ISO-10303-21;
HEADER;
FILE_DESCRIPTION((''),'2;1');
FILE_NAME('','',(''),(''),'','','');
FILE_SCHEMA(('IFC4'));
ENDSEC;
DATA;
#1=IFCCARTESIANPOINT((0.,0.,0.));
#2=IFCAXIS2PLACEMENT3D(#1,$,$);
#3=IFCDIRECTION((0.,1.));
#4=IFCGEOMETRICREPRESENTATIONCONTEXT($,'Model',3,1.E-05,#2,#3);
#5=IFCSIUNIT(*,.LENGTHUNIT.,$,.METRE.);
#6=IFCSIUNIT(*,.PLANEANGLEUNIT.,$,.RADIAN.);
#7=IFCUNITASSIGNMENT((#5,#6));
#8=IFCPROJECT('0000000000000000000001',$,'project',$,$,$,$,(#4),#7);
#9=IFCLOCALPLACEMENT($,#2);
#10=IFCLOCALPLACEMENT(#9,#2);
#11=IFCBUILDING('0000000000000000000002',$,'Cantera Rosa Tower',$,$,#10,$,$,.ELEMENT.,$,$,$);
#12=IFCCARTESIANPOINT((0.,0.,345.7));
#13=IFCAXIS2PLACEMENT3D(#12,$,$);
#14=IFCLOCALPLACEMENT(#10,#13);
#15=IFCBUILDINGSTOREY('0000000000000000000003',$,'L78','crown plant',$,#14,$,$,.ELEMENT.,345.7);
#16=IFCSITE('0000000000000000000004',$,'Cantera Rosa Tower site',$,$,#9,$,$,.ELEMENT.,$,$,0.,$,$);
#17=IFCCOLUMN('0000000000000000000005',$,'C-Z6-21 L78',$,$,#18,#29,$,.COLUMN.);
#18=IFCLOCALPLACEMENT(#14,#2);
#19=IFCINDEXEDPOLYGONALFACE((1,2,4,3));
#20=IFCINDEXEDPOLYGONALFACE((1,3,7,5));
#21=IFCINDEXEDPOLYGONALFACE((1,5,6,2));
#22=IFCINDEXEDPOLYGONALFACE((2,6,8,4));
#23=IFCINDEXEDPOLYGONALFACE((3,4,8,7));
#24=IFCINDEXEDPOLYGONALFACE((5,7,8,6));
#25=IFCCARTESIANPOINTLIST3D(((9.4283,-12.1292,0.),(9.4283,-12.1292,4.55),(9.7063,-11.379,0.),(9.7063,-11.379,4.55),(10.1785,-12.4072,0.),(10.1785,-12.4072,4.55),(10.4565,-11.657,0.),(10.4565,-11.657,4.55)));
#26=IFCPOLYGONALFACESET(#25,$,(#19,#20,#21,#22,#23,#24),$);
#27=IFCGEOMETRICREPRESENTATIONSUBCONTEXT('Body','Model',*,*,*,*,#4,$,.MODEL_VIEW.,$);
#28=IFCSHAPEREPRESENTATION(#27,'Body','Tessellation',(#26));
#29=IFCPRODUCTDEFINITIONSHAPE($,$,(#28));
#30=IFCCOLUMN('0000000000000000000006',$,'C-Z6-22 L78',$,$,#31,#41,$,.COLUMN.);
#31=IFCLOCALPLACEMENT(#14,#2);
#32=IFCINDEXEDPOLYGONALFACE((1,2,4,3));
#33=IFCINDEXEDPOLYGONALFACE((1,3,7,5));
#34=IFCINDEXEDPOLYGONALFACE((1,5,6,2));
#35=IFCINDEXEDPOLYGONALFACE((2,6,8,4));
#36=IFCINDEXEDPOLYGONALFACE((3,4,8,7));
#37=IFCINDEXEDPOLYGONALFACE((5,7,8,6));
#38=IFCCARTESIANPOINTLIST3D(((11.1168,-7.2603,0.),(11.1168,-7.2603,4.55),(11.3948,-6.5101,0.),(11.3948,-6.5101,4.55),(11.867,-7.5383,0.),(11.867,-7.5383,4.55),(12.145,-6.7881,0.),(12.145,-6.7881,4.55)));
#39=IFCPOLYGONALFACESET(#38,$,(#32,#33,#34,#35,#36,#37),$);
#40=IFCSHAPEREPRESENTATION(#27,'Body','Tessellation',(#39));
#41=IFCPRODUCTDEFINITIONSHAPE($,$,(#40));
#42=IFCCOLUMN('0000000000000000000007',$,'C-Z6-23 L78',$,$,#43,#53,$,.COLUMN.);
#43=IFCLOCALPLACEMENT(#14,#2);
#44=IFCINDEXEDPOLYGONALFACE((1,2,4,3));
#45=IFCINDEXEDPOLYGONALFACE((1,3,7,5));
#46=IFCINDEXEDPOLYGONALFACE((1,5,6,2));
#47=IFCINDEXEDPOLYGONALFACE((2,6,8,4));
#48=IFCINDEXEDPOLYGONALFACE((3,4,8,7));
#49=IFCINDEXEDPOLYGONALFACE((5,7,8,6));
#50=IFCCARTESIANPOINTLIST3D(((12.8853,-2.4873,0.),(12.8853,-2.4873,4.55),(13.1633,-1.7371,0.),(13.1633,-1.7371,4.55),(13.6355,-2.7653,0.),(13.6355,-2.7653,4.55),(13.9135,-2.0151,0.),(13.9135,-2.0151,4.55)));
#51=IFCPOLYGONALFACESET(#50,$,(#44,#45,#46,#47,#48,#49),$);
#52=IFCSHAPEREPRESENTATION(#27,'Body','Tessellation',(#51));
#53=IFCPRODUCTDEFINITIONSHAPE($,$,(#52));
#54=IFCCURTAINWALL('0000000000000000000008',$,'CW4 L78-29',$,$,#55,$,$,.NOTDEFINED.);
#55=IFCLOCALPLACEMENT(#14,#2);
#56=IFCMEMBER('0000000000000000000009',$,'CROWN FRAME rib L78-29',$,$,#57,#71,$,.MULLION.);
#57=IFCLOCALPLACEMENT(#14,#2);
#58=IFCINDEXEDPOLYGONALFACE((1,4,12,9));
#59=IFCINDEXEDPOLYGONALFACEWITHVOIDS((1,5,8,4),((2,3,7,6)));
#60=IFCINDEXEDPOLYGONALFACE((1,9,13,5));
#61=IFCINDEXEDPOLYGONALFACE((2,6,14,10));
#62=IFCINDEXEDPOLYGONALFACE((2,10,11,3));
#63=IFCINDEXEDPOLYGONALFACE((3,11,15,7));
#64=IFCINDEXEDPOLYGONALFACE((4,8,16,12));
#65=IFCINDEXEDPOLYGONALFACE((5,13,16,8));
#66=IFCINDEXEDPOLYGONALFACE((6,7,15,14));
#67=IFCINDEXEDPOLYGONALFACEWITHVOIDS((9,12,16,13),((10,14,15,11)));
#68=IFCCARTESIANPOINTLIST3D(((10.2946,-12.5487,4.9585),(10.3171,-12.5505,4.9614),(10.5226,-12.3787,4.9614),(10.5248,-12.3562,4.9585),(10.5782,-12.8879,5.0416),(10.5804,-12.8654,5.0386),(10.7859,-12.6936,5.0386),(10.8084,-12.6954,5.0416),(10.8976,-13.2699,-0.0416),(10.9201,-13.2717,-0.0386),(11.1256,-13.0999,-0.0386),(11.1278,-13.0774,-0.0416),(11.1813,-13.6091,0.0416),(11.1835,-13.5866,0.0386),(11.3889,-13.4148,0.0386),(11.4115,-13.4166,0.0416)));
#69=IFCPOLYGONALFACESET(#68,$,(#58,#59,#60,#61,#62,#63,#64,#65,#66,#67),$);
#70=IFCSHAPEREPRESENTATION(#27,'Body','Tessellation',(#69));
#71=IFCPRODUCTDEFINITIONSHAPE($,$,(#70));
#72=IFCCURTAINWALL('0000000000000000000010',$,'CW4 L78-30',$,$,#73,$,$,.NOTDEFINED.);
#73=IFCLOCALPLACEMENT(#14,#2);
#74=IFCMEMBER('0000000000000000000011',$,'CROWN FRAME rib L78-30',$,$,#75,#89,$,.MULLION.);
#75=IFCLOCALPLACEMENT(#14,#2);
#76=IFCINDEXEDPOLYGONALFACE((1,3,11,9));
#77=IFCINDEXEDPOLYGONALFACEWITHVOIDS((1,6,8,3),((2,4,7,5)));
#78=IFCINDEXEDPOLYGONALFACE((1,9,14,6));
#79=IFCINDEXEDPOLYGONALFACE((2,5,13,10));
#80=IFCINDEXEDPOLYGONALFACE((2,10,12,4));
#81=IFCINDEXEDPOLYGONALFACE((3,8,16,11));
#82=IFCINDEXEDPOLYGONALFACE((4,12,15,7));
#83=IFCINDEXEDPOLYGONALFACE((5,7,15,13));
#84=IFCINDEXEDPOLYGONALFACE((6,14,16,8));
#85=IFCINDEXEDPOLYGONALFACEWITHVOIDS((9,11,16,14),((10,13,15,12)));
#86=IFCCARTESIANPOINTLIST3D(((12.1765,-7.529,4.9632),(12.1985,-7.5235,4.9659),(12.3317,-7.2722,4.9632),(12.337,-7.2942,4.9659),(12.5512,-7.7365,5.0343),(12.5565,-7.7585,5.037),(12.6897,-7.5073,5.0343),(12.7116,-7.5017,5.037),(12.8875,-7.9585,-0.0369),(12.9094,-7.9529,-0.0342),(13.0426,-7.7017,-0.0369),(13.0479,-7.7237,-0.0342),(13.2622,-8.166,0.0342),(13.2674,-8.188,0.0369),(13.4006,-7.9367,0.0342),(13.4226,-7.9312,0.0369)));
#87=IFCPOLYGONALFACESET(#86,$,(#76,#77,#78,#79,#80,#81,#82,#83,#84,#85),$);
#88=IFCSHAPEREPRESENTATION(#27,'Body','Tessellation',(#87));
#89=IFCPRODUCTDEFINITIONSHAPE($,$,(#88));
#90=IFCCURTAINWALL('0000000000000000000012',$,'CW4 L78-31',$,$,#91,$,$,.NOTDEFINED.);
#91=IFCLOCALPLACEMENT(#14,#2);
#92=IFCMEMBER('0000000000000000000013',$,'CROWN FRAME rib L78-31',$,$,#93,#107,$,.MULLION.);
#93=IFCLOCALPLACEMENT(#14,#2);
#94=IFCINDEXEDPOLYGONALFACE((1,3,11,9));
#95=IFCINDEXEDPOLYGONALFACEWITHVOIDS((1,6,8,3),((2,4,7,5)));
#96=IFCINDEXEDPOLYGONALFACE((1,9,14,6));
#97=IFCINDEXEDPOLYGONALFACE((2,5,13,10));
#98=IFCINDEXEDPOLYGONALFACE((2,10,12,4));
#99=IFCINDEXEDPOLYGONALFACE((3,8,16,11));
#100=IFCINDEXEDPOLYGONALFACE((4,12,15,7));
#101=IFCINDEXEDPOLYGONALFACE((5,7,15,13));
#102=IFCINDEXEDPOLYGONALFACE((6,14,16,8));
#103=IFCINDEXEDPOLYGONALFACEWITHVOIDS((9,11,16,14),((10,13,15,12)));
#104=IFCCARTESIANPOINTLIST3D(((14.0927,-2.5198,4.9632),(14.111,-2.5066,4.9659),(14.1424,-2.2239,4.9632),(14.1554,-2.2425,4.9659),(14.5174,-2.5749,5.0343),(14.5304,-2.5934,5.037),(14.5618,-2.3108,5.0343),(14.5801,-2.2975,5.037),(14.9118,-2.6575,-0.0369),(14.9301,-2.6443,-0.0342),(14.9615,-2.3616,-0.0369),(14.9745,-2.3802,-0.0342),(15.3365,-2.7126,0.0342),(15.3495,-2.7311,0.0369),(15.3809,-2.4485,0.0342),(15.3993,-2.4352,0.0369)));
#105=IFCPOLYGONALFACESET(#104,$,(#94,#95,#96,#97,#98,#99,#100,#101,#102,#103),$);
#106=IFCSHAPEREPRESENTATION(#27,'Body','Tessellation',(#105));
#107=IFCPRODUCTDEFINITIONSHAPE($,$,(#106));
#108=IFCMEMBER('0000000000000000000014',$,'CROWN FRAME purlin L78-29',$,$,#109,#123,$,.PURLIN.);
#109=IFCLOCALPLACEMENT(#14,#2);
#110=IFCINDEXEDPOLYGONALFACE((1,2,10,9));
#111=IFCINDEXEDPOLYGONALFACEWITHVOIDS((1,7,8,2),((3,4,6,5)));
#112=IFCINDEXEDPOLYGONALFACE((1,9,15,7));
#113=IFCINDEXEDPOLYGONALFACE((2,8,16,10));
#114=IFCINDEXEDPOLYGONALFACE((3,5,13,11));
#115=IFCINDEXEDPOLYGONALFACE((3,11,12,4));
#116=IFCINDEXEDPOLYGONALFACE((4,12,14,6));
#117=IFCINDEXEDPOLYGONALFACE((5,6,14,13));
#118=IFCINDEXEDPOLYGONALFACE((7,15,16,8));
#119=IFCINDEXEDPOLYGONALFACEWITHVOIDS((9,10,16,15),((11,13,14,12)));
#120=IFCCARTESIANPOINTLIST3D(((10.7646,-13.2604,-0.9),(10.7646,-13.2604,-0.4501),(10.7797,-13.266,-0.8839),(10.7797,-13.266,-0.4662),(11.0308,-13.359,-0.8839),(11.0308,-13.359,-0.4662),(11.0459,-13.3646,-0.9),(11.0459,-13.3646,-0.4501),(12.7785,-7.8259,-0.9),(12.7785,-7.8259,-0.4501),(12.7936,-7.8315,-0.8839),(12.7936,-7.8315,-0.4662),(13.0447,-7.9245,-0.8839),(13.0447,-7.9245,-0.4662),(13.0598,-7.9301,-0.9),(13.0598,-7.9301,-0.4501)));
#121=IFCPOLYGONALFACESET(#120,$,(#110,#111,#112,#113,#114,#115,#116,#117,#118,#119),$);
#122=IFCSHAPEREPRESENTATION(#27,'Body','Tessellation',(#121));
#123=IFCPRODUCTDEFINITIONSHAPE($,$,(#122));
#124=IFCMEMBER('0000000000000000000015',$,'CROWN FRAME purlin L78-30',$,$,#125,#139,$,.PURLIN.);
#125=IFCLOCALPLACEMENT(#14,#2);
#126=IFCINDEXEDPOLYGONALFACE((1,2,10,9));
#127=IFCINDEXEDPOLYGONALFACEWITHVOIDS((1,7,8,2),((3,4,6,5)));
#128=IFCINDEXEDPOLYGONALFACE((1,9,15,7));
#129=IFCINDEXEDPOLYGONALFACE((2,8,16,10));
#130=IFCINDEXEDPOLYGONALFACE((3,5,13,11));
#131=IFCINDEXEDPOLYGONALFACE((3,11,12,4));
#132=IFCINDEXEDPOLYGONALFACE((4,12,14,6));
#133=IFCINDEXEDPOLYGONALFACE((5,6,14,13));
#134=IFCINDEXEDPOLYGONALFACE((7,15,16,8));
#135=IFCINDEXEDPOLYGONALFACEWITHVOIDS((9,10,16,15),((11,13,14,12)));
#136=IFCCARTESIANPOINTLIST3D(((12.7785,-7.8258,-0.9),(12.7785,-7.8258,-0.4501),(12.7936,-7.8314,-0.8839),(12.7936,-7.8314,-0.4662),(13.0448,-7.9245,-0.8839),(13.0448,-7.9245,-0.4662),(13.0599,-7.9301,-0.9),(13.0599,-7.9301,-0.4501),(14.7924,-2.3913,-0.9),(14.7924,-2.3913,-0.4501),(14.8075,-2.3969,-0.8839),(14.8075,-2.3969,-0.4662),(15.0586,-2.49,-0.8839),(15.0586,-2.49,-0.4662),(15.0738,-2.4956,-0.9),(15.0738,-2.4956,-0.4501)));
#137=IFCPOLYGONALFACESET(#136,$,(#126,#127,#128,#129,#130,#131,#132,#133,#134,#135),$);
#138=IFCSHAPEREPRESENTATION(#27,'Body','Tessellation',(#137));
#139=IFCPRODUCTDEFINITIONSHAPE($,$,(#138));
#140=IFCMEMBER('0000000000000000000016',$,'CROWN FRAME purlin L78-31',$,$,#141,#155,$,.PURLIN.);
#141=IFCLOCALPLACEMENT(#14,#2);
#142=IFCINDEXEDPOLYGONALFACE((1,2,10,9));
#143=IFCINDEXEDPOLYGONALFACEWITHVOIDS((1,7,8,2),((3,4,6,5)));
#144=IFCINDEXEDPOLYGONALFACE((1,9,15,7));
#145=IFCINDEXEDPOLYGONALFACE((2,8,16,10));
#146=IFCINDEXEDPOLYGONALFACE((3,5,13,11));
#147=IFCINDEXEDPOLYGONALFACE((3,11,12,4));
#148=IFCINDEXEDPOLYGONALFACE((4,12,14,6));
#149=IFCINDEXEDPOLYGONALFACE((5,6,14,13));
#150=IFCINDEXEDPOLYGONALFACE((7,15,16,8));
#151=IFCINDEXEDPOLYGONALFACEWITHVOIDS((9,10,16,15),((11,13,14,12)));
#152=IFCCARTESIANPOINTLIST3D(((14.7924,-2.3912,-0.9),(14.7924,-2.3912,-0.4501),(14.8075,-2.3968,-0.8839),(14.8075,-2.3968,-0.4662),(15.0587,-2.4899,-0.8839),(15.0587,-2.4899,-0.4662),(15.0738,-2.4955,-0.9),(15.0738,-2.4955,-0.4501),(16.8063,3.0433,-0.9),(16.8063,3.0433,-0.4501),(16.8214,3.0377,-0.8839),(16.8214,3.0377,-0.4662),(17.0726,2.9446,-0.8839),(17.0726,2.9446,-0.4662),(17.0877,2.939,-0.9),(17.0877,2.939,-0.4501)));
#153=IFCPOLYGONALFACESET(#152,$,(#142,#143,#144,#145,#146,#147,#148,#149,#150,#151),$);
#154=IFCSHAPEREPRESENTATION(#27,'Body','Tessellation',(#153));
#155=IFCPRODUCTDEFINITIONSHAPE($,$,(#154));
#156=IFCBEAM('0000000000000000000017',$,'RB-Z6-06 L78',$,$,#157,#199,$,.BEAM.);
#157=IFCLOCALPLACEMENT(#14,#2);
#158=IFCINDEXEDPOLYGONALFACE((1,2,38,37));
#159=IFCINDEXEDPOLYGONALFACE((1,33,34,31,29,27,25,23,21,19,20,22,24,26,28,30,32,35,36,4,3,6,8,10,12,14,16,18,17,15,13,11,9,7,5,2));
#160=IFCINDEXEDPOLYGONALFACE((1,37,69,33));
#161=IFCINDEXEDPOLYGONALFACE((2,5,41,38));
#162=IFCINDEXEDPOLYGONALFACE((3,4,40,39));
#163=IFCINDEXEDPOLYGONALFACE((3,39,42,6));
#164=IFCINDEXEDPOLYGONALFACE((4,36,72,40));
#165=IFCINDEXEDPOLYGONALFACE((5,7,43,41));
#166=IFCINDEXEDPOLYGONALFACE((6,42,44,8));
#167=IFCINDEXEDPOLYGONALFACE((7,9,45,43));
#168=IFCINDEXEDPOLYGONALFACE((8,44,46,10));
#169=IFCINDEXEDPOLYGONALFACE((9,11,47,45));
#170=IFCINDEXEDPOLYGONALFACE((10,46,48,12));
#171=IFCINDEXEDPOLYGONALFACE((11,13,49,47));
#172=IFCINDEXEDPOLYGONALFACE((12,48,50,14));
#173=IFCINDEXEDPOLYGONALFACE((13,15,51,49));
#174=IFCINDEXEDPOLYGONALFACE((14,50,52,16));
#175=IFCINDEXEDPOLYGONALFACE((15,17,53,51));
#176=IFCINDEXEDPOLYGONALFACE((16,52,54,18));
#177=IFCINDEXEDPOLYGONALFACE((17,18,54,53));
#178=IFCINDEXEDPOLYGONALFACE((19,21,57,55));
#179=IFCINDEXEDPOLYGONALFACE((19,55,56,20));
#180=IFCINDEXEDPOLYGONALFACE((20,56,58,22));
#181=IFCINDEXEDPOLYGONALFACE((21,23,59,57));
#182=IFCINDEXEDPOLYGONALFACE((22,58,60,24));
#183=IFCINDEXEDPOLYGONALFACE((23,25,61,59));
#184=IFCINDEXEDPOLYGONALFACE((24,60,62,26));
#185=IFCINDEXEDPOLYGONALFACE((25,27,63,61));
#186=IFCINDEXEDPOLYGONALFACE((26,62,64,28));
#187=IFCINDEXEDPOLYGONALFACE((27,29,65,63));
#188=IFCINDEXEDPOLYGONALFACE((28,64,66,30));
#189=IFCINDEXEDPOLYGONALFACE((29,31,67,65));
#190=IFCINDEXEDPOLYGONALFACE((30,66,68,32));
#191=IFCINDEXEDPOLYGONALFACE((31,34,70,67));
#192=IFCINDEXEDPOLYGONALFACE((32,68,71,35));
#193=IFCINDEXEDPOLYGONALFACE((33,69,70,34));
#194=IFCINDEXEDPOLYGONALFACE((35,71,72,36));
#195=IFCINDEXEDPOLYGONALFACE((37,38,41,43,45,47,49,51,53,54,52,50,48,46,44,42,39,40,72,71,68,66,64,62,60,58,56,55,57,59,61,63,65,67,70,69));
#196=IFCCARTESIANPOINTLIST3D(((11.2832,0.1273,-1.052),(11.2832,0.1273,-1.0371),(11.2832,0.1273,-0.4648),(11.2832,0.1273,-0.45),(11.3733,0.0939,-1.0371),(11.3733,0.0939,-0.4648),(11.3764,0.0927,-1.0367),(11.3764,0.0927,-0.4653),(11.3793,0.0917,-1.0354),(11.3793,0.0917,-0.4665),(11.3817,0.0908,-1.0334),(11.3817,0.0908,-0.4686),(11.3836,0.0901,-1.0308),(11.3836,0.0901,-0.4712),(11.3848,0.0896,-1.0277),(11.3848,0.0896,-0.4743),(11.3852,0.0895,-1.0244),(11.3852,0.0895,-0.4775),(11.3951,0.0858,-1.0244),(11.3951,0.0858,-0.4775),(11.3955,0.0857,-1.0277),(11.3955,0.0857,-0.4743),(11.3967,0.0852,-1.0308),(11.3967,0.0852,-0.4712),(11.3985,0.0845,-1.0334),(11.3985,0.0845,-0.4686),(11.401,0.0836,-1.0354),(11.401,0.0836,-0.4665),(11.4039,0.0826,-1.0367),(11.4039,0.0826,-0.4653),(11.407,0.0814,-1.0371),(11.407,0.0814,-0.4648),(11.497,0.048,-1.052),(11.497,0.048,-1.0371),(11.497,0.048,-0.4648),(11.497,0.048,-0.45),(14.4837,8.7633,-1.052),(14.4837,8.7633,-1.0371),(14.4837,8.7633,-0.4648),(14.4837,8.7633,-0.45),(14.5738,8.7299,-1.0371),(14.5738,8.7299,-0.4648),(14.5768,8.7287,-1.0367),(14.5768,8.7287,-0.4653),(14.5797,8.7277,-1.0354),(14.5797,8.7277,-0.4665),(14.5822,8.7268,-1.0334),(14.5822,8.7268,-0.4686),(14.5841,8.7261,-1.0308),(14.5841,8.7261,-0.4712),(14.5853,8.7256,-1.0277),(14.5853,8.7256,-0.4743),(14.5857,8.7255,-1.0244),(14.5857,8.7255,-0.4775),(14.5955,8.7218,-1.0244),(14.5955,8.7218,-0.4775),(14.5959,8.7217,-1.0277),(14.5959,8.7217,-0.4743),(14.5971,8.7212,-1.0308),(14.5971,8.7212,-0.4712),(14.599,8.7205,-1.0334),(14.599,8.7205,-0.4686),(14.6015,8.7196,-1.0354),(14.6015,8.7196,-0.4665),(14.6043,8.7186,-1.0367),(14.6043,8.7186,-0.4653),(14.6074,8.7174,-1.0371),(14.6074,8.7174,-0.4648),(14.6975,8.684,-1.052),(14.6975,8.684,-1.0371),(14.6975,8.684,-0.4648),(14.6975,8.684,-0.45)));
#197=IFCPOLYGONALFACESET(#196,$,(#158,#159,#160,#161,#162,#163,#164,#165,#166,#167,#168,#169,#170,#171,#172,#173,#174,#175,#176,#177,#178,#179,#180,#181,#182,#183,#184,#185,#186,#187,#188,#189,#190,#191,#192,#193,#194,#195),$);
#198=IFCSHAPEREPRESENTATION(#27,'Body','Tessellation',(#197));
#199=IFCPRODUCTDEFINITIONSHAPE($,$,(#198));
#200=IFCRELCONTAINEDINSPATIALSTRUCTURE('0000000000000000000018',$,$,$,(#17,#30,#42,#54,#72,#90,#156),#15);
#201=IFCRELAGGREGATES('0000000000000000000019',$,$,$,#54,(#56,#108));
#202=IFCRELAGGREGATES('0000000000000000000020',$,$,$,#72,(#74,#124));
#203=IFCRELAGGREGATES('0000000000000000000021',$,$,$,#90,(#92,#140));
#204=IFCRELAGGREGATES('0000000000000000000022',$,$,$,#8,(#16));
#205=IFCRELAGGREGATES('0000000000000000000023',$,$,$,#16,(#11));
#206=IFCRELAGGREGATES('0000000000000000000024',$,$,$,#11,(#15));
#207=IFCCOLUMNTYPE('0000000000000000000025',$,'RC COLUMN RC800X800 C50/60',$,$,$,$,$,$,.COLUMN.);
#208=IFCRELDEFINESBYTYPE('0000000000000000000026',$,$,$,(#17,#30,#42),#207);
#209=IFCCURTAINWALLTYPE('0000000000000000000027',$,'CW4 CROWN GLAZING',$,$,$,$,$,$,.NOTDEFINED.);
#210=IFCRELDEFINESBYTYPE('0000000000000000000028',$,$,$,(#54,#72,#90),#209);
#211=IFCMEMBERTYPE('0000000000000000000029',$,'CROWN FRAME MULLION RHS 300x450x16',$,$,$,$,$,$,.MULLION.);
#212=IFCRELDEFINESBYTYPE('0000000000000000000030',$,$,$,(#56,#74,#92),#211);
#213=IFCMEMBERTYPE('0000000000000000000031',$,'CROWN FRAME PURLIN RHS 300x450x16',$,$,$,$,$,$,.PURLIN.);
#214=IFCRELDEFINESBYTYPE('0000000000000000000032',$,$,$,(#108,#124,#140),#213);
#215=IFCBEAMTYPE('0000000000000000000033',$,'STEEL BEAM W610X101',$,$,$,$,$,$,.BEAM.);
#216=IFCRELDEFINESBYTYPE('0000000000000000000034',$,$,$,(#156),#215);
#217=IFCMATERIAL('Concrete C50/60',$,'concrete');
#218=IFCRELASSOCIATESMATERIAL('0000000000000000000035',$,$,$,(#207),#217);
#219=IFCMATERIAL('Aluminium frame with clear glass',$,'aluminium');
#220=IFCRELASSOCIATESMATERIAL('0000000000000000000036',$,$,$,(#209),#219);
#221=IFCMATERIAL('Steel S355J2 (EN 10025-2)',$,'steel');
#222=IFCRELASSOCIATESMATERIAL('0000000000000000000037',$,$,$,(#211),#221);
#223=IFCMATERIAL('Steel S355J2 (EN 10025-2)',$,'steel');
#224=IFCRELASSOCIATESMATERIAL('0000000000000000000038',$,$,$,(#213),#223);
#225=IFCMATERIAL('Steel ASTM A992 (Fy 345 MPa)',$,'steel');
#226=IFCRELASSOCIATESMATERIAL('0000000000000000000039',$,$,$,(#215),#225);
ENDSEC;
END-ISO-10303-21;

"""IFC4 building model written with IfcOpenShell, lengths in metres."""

from ifc_helpers import new_model, si_unit, direction, frame, origin, origin_2d, place, context, subcontext, project, spatial, rectangle, hollow_rectangle, i_section, extrude, material, material_profile, profile_set, type_object, element, aggregate, save


model = new_model("IFC4")

# Units and contexts
model_context = context("Model", 3, precision=1e-05, world=origin(), true_north=direction((0.0, 1.0)))
body_context = subcontext(model_context, "Body", "Model", "MODEL_VIEW")
ifc_project = project(units=[si_unit("LENGTHUNIT", "METRE"), si_unit("PLANEANGLEUNIT", "RADIAN")], contexts=[model_context])

# Site, building, storey
site_placement = place(None, origin())
site = spatial("IfcSite", under=ifc_project, at=site_placement, Name="Cantera Rosa Tower site", CompositionType="ELEMENT", RefElevation=0.0)
building_placement = place(site_placement, origin())
building = spatial("IfcBuilding", under=site, at=building_placement, Name="Cantera Rosa Tower", CompositionType="ELEMENT")
storey_placement = place(building_placement, frame((0.0, 0.0, 345.7)))
storey = spatial("IfcBuildingStorey", under=building, at=storey_placement, Name="L78", Description="crown plant", CompositionType="ELEMENT", Elevation=345.7)

# Columns
ifc_material_1 = material(Name="Concrete C50/60", Category="concrete")
ifc_material_profile_1 = material_profile(ifc_material_1, rectangle(XDim=0.8, YDim=0.8, at=origin_2d()), Name="RC COLUMN RC800X800 C50/60")
ifc_profile_set_1 = profile_set([ifc_material_profile_1], Name="Concrete C50/60")
column_type = type_object("IfcColumnType", Name="RC COLUMN RC800X800 C50/60", PredefinedType="COLUMN", material=ifc_profile_set_1)
for number, where, z_axis, x_axis, name in (
    (1, (9.9424, -11.8931, 0.0), (0.0, 0.0, 1.0), (0.347481, 0.937687, 0.0), "C-Z6-21 L78"),
    (2, (11.6309, -7.0242, 0.0), (0.0, 0.0, 1.0), (0.347481, 0.937687, 0.0), "C-Z6-22 L78"),
    (3, (13.3994, -2.2512, 0.0), (0.0, 0.0, 1.0), (0.347481, 0.937687, 0.0), "C-Z6-23 L78"),
):
    element("IfcColumn", number, at=place(storey_placement, frame(where, z_axis=z_axis, x_axis=x_axis)), inside=storey, type_object=column_type, Name=name, PredefinedType="COLUMN", context=body_context, shape_type="SweptSolid", body=[
        extrude(rectangle(XDim=0.8, YDim=0.8, at=origin_2d()), origin(), (0.0, 0.0, 1.0), 4.55),
    ])

# Curtain walls, members
ifc_material_2 = material(Name="Aluminium frame with clear glass", Category="aluminium")
curtain_wall_type = type_object("IfcCurtainWallType", Name="CW4 CROWN GLAZING", PredefinedType="NOTDEFINED", material=ifc_material_2)
curtain_wall_1_placement = place(storey_placement, origin())
curtain_wall_1 = element("IfcCurtainWall", 4, at=curtain_wall_1_placement, inside=storey, type_object=curtain_wall_type, Name="CW4 L78-29", PredefinedType="NOTDEFINED")
ifc_material_3 = material(Name="Steel S355J2 (EN 10025-2)", Category="steel")
ifc_material_profile_2 = material_profile(ifc_material_3, hollow_rectangle(XDim=0.3, YDim=0.45, WallThickness=0.0161, at=origin_2d()), Name="CROWN FRAME MULLION RHS 300x450x16")
ifc_profile_set_2 = profile_set([ifc_material_profile_2], Name="Steel S355J2 (EN 10025-2)")
member_type_1 = type_object("IfcMemberType", Name="CROWN FRAME MULLION RHS 300x450x16", PredefinedType="MULLION", material=ifc_profile_set_2)
member_1_placement = place(storey_placement, frame((11.1545, -13.3433, 0.0), z_axis=(-0.118529, 0.141755, 0.98278), x_axis=(-0.767156, -0.641461, 0.0)))
member_1 = element("IfcMember", 5, at=member_1_placement, type_object=member_type_1, Name="CROWN FRAME rib L78-29", PredefinedType="MULLION", context=body_context, shape_type="SweptSolid", body=[
    extrude(hollow_rectangle(XDim=0.3, YDim=0.45, WallThickness=0.0161, at=origin_2d()), origin(), (0.0, 0.0, 1.0), 5.0876),
])
curtain_wall_2_placement = place(storey_placement, origin())
curtain_wall_2 = element("IfcCurtainWall", 6, at=curtain_wall_2_placement, inside=storey, type_object=curtain_wall_type, Name="CW4 L78-30", PredefinedType="NOTDEFINED")
member_2_placement = place(storey_placement, frame((13.155, -7.9448, 0.0), z_axis=(-0.140265, 0.084728, 0.986482), x_axis=(-0.517044, -0.855959, 0.0)))
member_2 = element("IfcMember", 7, at=member_2_placement, type_object=member_type_1, Name="CROWN FRAME rib L78-30", PredefinedType="MULLION", context=body_context, shape_type="SweptSolid", body=[
    extrude(hollow_rectangle(XDim=0.3, YDim=0.45, WallThickness=0.0161, at=origin_2d()), origin(), (0.0, 0.0, 1.0), 5.0686),
])
curtain_wall_3_placement = place(storey_placement, origin())
curtain_wall_3 = element("IfcCurtainWall", 8, at=curtain_wall_3_placement, inside=storey, type_object=curtain_wall_type, Name="CW4 L78-31", PredefinedType="NOTDEFINED")
member_3_placement = place(storey_placement, frame((15.1555, -2.5464, 0.0), z_axis=(-0.161604, 0.027167, 0.986482), x_axis=(-0.165781, -0.986163, 0.0)))
member_3 = element("IfcMember", 9, at=member_3_placement, type_object=member_type_1, Name="CROWN FRAME rib L78-31", PredefinedType="MULLION", context=body_context, shape_type="SweptSolid", body=[
    extrude(hollow_rectangle(XDim=0.3, YDim=0.45, WallThickness=0.0161, at=origin_2d()), origin(), (0.0, 0.0, 1.0), 5.0686),
])

# Members
ifc_material_4 = material(Name="Steel S355J2 (EN 10025-2)", Category="steel")
ifc_material_profile_3 = material_profile(ifc_material_4, hollow_rectangle(XDim=0.3, YDim=0.45, WallThickness=0.0161, at=origin_2d()), Name="CROWN FRAME PURLIN RHS 300x450x16")
ifc_profile_set_3 = profile_set([ifc_material_profile_3], Name="Steel S355J2 (EN 10025-2)")
member_type_2 = type_object("IfcMemberType", Name="CROWN FRAME PURLIN RHS 300x450x16", PredefinedType="PURLIN", material=ifc_profile_set_3)
member_4_placement = place(storey_placement, frame((10.9053, -13.3125, -0.675), z_axis=(0.347483, 0.937686, 0.0), x_axis=(-0.937686, 0.347483, 0.0)))
member_4 = element("IfcMember", 10, at=member_4_placement, type_object=member_type_2, Name="CROWN FRAME purlin L78-29", PredefinedType="PURLIN", context=body_context, shape_type="SweptSolid", body=[
    extrude(hollow_rectangle(XDim=0.3, YDim=0.45, WallThickness=0.0161, at=origin_2d()), origin(), (0.0, 0.0, 1.0), 5.7957),
])
member_5_placement = place(storey_placement, frame((12.9192, -7.8779, -0.675), z_axis=(0.347483, 0.937686, 0.0), x_axis=(-0.937686, 0.347483, 0.0)))
member_5 = element("IfcMember", 11, at=member_5_placement, type_object=member_type_2, Name="CROWN FRAME purlin L78-30", PredefinedType="PURLIN", context=body_context, shape_type="SweptSolid", body=[
    extrude(hollow_rectangle(XDim=0.3, YDim=0.45, WallThickness=0.0161, at=origin_2d()), origin(), (0.0, 0.0, 1.0), 5.7957),
])
member_6_placement = place(storey_placement, frame((14.9331, -2.4434, -0.675), z_axis=(0.347483, 0.937686, 0.0), x_axis=(-0.937686, 0.347483, 0.0)))
member_6 = element("IfcMember", 12, at=member_6_placement, type_object=member_type_2, Name="CROWN FRAME purlin L78-31", PredefinedType="PURLIN", context=body_context, shape_type="SweptSolid", body=[
    extrude(hollow_rectangle(XDim=0.3, YDim=0.45, WallThickness=0.0161, at=origin_2d()), origin(), (0.0, 0.0, 1.0), 5.7957),
])

# Beam
ifc_material_5 = material(Name="Steel ASTM A992 (Fy 345 MPa)", Category="steel")
ifc_material_profile_4 = material_profile(ifc_material_5, i_section(OverallWidth=0.228, OverallDepth=0.6021, WebThickness=0.0105, FlangeThickness=0.0149, FilletRadius=0.0127, at=origin_2d()), Name="W610X101")
ifc_profile_set_4 = profile_set([ifc_material_profile_4], Name="Steel ASTM A992 (Fy 345 MPa)")
beam_type_1 = type_object("IfcBeamType", Name="STEEL BEAM W610X101", PredefinedType="BEAM", material=ifc_profile_set_4)
beam_1_placement = place(storey_placement, frame((11.3901, 0.0876, -0.751), z_axis=(0.347498, 0.937681, 0.0), x_axis=(-0.937681, 0.347498, 0.0)))
element("IfcBeam", 13, at=beam_1_placement, inside=storey, type_object=beam_type_1, Name="RB-Z6-06 L78", PredefinedType="BEAM", context=body_context, shape_type="SweptSolid", body=[
    extrude(i_section(OverallWidth=0.228, OverallDepth=0.6021, WebThickness=0.0105, FlangeThickness=0.0149, FilletRadius=0.0127, at=origin_2d()), origin(), (0.0, 0.0, 1.0), 9.21),
])

aggregate(curtain_wall_1, [member_1, member_4])
aggregate(curtain_wall_2, [member_2, member_5])
aggregate(curtain_wall_3, [member_3, member_6])

save(model, "model.ifc")
